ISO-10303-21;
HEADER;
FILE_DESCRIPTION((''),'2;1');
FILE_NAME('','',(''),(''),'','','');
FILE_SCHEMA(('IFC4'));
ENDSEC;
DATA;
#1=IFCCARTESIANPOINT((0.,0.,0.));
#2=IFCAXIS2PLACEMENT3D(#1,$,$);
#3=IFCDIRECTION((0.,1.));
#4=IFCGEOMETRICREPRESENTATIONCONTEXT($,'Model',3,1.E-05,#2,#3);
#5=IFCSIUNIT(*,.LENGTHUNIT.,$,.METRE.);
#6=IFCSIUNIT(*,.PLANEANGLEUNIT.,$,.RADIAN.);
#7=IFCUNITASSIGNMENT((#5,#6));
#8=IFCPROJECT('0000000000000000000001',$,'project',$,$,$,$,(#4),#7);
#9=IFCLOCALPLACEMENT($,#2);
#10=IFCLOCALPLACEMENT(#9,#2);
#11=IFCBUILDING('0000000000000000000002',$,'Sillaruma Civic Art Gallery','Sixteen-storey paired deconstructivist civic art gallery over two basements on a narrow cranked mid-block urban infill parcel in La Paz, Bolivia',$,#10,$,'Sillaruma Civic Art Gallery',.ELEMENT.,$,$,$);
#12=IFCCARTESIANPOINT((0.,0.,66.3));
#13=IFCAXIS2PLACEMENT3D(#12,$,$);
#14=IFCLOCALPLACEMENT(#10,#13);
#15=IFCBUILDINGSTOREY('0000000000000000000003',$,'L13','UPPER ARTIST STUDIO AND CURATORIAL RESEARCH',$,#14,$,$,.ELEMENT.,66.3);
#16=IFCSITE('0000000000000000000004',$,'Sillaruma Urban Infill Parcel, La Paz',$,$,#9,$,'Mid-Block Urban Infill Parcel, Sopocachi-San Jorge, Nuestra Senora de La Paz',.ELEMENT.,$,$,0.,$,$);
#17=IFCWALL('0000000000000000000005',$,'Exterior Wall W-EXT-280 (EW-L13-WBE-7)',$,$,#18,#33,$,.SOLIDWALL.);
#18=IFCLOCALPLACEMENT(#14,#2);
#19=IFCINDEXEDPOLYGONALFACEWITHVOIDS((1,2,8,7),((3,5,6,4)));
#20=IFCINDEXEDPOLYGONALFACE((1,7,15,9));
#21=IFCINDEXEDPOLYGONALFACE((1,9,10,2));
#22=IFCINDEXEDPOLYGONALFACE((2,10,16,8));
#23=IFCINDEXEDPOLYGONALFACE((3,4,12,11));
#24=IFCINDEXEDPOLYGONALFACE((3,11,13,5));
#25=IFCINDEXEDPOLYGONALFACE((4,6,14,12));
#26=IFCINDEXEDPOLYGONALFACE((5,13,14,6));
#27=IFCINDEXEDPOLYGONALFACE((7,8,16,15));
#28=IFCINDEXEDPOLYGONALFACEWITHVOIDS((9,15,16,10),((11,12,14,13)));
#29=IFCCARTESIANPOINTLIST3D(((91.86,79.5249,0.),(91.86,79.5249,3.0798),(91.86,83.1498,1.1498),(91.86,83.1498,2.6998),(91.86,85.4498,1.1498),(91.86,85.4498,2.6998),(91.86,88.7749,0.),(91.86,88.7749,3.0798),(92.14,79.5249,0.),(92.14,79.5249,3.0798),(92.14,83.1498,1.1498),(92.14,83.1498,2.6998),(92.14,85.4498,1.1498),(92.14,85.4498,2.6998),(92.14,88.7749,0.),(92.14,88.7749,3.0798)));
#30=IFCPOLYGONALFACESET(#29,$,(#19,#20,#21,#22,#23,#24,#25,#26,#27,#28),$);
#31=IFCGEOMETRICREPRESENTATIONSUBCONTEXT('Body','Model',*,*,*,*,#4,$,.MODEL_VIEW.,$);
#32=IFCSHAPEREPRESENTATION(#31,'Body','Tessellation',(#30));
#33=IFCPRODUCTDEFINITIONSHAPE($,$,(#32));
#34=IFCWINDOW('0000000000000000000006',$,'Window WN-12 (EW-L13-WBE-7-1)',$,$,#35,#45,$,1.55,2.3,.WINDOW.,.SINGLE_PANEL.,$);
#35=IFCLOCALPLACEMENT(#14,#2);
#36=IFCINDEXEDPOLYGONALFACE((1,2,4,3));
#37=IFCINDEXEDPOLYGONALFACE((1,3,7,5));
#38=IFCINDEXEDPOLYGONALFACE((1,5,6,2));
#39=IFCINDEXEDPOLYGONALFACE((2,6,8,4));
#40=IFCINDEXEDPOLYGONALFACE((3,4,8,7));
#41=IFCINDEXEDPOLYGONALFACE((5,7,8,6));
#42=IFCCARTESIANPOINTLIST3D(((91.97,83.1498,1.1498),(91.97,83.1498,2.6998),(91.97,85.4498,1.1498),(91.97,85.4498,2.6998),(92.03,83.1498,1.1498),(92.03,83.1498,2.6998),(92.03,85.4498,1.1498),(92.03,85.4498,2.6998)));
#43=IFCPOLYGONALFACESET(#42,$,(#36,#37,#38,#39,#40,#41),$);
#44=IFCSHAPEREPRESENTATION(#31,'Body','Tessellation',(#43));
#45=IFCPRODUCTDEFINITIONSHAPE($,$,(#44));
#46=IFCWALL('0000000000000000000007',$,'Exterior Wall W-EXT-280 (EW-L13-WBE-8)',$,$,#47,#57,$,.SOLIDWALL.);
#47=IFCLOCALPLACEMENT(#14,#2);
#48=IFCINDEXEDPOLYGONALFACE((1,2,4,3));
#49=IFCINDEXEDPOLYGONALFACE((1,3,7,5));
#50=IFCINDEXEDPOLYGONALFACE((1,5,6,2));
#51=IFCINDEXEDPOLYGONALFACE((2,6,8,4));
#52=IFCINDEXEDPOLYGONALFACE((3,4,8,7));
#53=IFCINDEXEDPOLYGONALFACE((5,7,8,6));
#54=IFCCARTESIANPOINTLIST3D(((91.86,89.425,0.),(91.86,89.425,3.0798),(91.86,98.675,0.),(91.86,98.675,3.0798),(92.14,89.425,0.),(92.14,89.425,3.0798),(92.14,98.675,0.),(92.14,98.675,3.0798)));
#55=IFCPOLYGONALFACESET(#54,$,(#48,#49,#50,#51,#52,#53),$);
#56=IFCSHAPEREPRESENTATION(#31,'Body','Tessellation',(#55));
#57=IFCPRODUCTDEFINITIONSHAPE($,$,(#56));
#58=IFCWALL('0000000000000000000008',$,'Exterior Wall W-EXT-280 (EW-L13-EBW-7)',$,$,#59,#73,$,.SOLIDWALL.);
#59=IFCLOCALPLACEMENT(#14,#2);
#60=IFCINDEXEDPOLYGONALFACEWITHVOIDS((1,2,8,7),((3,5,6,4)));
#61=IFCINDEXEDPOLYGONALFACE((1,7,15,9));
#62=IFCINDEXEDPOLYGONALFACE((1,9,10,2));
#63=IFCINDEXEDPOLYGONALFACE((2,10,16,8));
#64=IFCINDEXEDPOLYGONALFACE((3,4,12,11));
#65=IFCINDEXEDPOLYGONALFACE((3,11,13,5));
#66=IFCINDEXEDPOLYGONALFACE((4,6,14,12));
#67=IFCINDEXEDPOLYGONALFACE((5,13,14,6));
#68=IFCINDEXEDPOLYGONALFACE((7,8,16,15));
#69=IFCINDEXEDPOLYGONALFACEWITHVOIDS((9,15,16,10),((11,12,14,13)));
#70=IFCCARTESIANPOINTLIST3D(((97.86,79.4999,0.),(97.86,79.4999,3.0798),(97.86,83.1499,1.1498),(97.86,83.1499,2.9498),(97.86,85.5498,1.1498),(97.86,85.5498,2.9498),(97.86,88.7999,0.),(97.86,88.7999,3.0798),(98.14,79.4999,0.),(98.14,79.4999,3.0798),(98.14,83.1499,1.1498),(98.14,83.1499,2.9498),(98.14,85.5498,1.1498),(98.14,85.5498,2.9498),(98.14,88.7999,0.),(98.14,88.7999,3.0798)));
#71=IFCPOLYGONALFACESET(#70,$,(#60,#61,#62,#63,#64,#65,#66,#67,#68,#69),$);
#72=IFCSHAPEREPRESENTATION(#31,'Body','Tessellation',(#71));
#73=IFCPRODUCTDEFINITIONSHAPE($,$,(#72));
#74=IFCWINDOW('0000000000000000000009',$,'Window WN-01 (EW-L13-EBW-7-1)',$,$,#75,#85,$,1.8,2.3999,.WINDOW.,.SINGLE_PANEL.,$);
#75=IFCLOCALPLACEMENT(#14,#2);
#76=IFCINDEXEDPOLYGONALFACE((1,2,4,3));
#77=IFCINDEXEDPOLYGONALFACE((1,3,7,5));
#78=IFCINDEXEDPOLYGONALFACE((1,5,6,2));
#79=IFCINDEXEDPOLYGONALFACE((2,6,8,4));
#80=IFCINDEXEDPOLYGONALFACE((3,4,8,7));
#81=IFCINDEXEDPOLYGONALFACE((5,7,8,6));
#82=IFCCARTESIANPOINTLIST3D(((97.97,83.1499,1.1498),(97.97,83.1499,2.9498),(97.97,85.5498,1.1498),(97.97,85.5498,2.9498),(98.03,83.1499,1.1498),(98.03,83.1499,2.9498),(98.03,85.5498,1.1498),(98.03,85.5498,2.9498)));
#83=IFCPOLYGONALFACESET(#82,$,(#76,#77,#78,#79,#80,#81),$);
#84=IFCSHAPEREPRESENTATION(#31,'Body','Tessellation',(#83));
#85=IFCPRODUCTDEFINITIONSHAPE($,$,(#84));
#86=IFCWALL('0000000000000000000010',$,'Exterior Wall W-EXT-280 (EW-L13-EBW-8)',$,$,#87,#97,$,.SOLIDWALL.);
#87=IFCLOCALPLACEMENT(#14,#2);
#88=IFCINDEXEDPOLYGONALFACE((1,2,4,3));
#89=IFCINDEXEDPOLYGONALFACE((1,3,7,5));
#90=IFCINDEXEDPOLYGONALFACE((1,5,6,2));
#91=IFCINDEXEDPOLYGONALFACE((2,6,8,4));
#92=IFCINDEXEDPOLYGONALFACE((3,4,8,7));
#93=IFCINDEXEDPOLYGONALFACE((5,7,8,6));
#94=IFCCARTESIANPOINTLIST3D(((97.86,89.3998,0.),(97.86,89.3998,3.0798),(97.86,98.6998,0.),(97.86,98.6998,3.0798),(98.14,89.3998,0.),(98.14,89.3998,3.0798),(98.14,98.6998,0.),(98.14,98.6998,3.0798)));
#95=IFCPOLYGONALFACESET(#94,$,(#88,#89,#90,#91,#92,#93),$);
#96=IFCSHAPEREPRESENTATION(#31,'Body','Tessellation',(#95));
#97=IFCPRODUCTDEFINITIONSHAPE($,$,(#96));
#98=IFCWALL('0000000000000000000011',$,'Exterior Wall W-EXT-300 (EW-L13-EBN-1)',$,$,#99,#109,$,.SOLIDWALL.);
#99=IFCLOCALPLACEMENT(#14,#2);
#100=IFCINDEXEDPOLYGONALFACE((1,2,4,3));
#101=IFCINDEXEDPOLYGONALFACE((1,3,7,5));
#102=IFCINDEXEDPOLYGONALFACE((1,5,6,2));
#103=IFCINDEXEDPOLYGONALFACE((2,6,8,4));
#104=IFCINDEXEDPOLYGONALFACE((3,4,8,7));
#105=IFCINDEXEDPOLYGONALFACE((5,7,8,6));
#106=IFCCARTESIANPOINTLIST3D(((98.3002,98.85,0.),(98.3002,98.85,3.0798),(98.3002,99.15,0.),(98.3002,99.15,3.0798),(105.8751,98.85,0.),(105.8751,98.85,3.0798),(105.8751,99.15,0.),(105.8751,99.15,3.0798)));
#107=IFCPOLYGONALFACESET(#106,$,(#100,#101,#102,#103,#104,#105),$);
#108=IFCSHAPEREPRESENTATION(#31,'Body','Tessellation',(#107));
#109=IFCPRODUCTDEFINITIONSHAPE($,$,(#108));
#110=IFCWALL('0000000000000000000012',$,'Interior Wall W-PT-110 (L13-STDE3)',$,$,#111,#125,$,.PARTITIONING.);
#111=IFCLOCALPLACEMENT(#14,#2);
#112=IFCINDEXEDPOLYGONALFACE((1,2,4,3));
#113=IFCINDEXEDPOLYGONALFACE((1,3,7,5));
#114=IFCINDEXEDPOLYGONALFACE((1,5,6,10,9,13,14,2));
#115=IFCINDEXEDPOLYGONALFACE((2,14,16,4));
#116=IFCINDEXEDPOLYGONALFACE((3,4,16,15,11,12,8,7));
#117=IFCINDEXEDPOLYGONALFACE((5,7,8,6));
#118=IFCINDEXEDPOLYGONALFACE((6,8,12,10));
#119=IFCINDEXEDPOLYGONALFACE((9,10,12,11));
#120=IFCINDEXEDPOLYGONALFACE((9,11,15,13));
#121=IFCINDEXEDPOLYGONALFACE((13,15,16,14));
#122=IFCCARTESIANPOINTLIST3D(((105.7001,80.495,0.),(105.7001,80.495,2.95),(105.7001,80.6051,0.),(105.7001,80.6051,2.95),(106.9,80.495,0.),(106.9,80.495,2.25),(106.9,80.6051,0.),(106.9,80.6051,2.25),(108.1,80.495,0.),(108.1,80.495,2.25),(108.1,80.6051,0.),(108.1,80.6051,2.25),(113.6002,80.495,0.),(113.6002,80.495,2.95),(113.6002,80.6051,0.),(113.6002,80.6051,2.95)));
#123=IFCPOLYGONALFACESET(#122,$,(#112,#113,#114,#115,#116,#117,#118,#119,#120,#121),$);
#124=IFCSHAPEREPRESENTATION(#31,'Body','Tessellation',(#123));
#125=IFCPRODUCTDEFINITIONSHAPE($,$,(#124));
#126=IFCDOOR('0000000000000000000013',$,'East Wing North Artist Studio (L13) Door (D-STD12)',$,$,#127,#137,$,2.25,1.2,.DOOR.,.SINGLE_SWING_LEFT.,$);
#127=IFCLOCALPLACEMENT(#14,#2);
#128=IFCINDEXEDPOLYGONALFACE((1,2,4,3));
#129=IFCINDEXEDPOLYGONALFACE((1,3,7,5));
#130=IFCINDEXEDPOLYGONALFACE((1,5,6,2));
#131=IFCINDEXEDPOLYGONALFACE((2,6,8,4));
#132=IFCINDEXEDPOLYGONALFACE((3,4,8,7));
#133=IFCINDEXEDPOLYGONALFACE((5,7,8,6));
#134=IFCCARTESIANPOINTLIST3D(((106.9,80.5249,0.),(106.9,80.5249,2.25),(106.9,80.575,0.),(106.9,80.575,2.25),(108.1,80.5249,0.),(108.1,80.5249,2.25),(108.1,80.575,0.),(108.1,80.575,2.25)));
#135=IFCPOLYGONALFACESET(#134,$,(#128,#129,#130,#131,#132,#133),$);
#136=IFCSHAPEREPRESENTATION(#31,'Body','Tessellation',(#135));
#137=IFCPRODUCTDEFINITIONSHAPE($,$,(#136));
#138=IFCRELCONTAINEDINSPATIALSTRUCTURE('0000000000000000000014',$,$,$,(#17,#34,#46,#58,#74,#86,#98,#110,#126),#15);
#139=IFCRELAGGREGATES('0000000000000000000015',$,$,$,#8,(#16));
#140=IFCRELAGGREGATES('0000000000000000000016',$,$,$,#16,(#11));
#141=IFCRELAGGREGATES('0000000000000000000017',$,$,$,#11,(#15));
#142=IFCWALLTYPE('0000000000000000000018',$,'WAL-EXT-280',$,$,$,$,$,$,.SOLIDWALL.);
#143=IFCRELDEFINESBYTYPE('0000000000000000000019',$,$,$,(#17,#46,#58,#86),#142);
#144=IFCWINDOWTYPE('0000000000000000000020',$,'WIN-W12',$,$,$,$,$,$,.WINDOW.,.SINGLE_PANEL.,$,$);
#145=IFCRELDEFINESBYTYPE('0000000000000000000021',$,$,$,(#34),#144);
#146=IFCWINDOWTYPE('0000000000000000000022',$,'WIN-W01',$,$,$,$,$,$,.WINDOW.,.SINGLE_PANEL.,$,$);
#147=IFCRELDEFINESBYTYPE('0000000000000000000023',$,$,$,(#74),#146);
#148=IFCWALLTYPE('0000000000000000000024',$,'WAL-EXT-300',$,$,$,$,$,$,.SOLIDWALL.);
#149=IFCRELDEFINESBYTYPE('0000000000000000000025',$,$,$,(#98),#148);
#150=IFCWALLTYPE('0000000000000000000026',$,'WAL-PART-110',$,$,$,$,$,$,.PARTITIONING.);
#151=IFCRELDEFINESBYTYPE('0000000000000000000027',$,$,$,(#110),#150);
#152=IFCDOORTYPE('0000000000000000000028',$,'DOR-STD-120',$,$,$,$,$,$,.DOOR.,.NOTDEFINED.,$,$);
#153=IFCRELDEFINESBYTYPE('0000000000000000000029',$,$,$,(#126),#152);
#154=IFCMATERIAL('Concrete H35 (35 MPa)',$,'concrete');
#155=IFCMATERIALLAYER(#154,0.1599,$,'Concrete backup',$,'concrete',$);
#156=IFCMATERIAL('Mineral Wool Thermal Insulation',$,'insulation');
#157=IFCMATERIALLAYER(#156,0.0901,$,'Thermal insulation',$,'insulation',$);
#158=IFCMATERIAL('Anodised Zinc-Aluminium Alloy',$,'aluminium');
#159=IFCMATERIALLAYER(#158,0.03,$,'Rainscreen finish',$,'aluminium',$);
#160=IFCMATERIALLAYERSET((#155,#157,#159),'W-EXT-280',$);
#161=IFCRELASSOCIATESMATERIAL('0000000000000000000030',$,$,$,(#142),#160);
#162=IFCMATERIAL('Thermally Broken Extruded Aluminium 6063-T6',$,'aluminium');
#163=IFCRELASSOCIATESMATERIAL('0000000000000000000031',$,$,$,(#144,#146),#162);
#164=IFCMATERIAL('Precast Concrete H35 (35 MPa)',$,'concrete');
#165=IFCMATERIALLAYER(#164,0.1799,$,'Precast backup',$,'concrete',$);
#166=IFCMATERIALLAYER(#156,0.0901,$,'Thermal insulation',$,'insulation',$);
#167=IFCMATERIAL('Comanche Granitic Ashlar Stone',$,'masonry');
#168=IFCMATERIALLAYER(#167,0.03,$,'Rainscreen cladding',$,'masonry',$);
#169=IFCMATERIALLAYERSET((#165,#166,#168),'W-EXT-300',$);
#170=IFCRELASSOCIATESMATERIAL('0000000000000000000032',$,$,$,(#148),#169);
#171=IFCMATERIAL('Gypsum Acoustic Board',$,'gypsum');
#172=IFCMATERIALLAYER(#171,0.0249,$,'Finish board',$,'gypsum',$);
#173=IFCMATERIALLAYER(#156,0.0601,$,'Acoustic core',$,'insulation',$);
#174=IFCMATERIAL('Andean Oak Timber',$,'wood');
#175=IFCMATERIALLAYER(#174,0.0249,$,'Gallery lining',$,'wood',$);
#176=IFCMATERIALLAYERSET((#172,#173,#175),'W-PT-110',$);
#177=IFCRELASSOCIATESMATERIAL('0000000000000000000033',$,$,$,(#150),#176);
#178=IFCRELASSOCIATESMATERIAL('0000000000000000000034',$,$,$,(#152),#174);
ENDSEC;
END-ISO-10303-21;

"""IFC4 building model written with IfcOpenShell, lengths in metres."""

from ifc_helpers import new_model, si_unit, direction, frame, frame_2d, origin, place, context, subcontext, project, spatial, rectangle, extrude, material, layer, layer_set, type_object, element, fill, save


model = new_model("IFC4")

# Units and contexts
model_context = context("Model", 3, precision=1e-05, world=origin(), true_north=direction((0.0, 1.0)))
body_context = subcontext(model_context, "Body", "Model", "MODEL_VIEW")
ifc_project = project(units=[si_unit("LENGTHUNIT", "METRE"), si_unit("PLANEANGLEUNIT", "RADIAN")], contexts=[model_context])

# Site, building, storey
site_placement = place(None, origin())
site = spatial("IfcSite", under=ifc_project, at=site_placement, Name="Sillaruma Urban Infill Parcel, La Paz", LongName="Mid-Block Urban Infill Parcel, Sopocachi-San Jorge, Nuestra Senora de La Paz", CompositionType="ELEMENT", RefElevation=0.0)
building_placement = place(site_placement, origin())
building = spatial("IfcBuilding", under=site, at=building_placement, Name="Sillaruma Civic Art Gallery", Description="Sixteen-storey paired deconstructivist civic art gallery over two basements on a narrow cranked mid-block urban infill parcel in La Paz, Bolivia", LongName="Sillaruma Civic Art Gallery", CompositionType="ELEMENT")
storey_placement = place(building_placement, frame((0.0, 0.0, 66.3)))
storey = spatial("IfcBuildingStorey", under=building, at=storey_placement, Name="L13", Description="UPPER ARTIST STUDIO AND CURATORIAL RESEARCH", CompositionType="ELEMENT", Elevation=66.3)

# Shared definitions
ifc_material_1 = material(Name="Concrete H35 (35 MPa)", Category="concrete")

# Shared definitions
ifc_material_2 = material(Name="Thermally Broken Extruded Aluminium 6063-T6", Category="aluminium")

# Wall, opening, window
ifc_layer_1 = layer(ifc_material_1, 0.1599, Name="Concrete backup", Category="concrete")
ifc_material_3 = material(Name="Mineral Wool Thermal Insulation", Category="insulation")
ifc_layer_2 = layer(ifc_material_3, 0.0901, Name="Thermal insulation", Category="insulation")
ifc_material_4 = material(Name="Anodised Zinc-Aluminium Alloy", Category="aluminium")
ifc_layer_3 = layer(ifc_material_4, 0.03, Name="Rainscreen finish", Category="aluminium")
ifc_layer_set_1 = layer_set([ifc_layer_1, ifc_layer_2, ifc_layer_3], Name="W-EXT-280")
wall_type_1 = type_object("IfcWallType", Name="WAL-EXT-280", PredefinedType="SOLIDWALL", material=ifc_layer_set_1)
wall_1_placement = place(storey_placement, frame((92.0, 79.5249, 0.0), z_axis=(0.0, 0.0, 1.0), x_axis=(0.0, 1.0, 0.0)))
wall_1 = element("IfcWall", 1, at=wall_1_placement, inside=storey, type_object=wall_type_1, Name="Exterior Wall W-EXT-280 (EW-L13-WBE-7)", PredefinedType="SOLIDWALL", context=body_context, shape_type="SweptSolid", body=[
    extrude(rectangle(XDim=9.25, YDim=0.28, at=frame_2d((4.625, 0.0))), origin(), (0.0, 0.0, 1.0), 3.0798),
])
opening_1_placement = place(wall_1_placement, frame((3.625, 0.0, 1.1499)))
opening_1 = element("IfcOpeningElement", 2, at=opening_1_placement, cuts=wall_1, PredefinedType="OPENING", context=body_context, shape_type="SweptSolid", body=[
    extrude(rectangle(XDim=2.3, YDim=1.55, at=frame_2d((1.1499, 0.7749))), frame((0.0, 0.1499, 0.0), z_axis=(0.0, -1.0, 0.0), x_axis=(1.0, 0.0, 0.0)), (0.0, 0.0, 1.0), 0.3),
])
window_type_1 = type_object("IfcWindowType", Name="WIN-W12", PartitioningType="SINGLE_PANEL", PredefinedType="WINDOW", material=ifc_material_2)
window_1_placement = place(opening_1_placement, origin())
window_1 = element("IfcWindow", 3, at=window_1_placement, inside=storey, type_object=window_type_1, Name="Window WN-12 (EW-L13-WBE-7-1)", OverallHeight=1.55, OverallWidth=2.3, PartitioningType="SINGLE_PANEL", PredefinedType="WINDOW", context=body_context, shape_type="SweptSolid", body=[
    extrude(rectangle(XDim=2.3, YDim=1.55, at=frame_2d((1.1499, 0.7749))), frame((0.0, 0.03, 0.0), z_axis=(0.0, -1.0, 0.0), x_axis=(1.0, 0.0, 0.0)), (0.0, 0.0, 1.0), 0.0601),
])
fill(opening_1, window_1)

# Wall
wall_2_placement = place(storey_placement, frame((92.0, 89.425, 0.0), z_axis=(0.0, 0.0, 1.0), x_axis=(0.0, 1.0, 0.0)))
element("IfcWall", 4, at=wall_2_placement, inside=storey, type_object=wall_type_1, Name="Exterior Wall W-EXT-280 (EW-L13-WBE-8)", PredefinedType="SOLIDWALL", context=body_context, shape_type="SweptSolid", body=[
    extrude(rectangle(XDim=9.25, YDim=0.28, at=frame_2d((4.625, 0.0))), origin(), (0.0, 0.0, 1.0), 3.0798),
])

# Wall, opening, window
wall_3_placement = place(storey_placement, frame((98.0, 79.5, 0.0), z_axis=(0.0, 0.0, 1.0), x_axis=(0.0, 1.0, 0.0)))
wall_3 = element("IfcWall", 5, at=wall_3_placement, inside=storey, type_object=wall_type_1, Name="Exterior Wall W-EXT-280 (EW-L13-EBW-7)", PredefinedType="SOLIDWALL", context=body_context, shape_type="SweptSolid", body=[
    extrude(rectangle(XDim=9.3, YDim=0.28, at=frame_2d((4.6499, 0.0))), origin(), (0.0, 0.0, 1.0), 3.0798),
])
opening_2_placement = place(wall_3_placement, frame((3.6499, 0.0, 1.1499)))
opening_2 = element("IfcOpeningElement", 6, at=opening_2_placement, cuts=wall_3, PredefinedType="OPENING", context=body_context, shape_type="SweptSolid", body=[
    extrude(rectangle(XDim=2.3999, YDim=1.8, at=frame_2d((1.2, 0.8999))), frame((0.0, 0.1499, 0.0), z_axis=(0.0, -1.0, 0.0), x_axis=(1.0, 0.0, 0.0)), (0.0, 0.0, 1.0), 0.3),
])
window_type_2 = type_object("IfcWindowType", Name="WIN-W01", PartitioningType="SINGLE_PANEL", PredefinedType="WINDOW", material=ifc_material_2)
window_2_placement = place(opening_2_placement, origin())
window_2 = element("IfcWindow", 7, at=window_2_placement, inside=storey, type_object=window_type_2, Name="Window WN-01 (EW-L13-EBW-7-1)", OverallHeight=1.8, OverallWidth=2.3999, PartitioningType="SINGLE_PANEL", PredefinedType="WINDOW", context=body_context, shape_type="SweptSolid", body=[
    extrude(rectangle(XDim=2.3999, YDim=1.8, at=frame_2d((1.2, 0.8999))), frame((0.0, 0.03, 0.0), z_axis=(0.0, -1.0, 0.0), x_axis=(1.0, 0.0, 0.0)), (0.0, 0.0, 1.0), 0.0601),
])
fill(opening_2, window_2)

# Walls
wall_4_placement = place(storey_placement, frame((98.0, 89.3999, 0.0), z_axis=(0.0, 0.0, 1.0), x_axis=(0.0, 1.0, 0.0)))
element("IfcWall", 8, at=wall_4_placement, inside=storey, type_object=wall_type_1, Name="Exterior Wall W-EXT-280 (EW-L13-EBW-8)", PredefinedType="SOLIDWALL", context=body_context, shape_type="SweptSolid", body=[
    extrude(rectangle(XDim=9.3, YDim=0.28, at=frame_2d((4.6499, 0.0))), origin(), (0.0, 0.0, 1.0), 3.0798),
])
ifc_material_5 = material(Name="Precast Concrete H35 (35 MPa)", Category="concrete")
ifc_layer_4 = layer(ifc_material_5, 0.1799, Name="Precast backup", Category="concrete")
ifc_layer_5 = layer(ifc_material_3, 0.0901, Name="Thermal insulation", Category="insulation")
ifc_material_6 = material(Name="Comanche Granitic Ashlar Stone", Category="masonry")
ifc_layer_6 = layer(ifc_material_6, 0.03, Name="Rainscreen cladding", Category="masonry")
ifc_layer_set_2 = layer_set([ifc_layer_4, ifc_layer_5, ifc_layer_6], Name="W-EXT-300")
wall_type_2 = type_object("IfcWallType", Name="WAL-EXT-300", PredefinedType="SOLIDWALL", material=ifc_layer_set_2)
wall_5_placement = place(storey_placement, frame((98.3, 99.0, 0.0), z_axis=(0.0, 0.0, 1.0), x_axis=(1.0, 0.0, 0.0)))
element("IfcWall", 9, at=wall_5_placement, inside=storey, type_object=wall_type_2, Name="Exterior Wall W-EXT-300 (EW-L13-EBN-1)", PredefinedType="SOLIDWALL", context=body_context, shape_type="SweptSolid", body=[
    extrude(rectangle(XDim=7.575, YDim=0.3, at=frame_2d((3.7876, 0.0))), origin(), (0.0, 0.0, 1.0), 3.0798),
])

# Wall, opening, door
ifc_material_7 = material(Name="Gypsum Acoustic Board", Category="gypsum")
ifc_layer_7 = layer(ifc_material_7, 0.0249, Name="Finish board", Category="gypsum")
ifc_layer_8 = layer(ifc_material_3, 0.0601, Name="Acoustic core", Category="insulation")
ifc_material_8 = material(Name="Andean Oak Timber", Category="wood")
ifc_layer_9 = layer(ifc_material_8, 0.0249, Name="Gallery lining", Category="wood")
ifc_layer_set_3 = layer_set([ifc_layer_7, ifc_layer_8, ifc_layer_9], Name="W-PT-110")
wall_type_3 = type_object("IfcWallType", Name="WAL-PART-110", PredefinedType="PARTITIONING", material=ifc_layer_set_3)
wall_6_placement = place(storey_placement, frame((105.7, 80.55, 0.0), z_axis=(0.0, 0.0, 1.0), x_axis=(1.0, 0.0, 0.0)))
wall_6 = element("IfcWall", 10, at=wall_6_placement, inside=storey, type_object=wall_type_3, Name="Interior Wall W-PT-110 (L13-STDE3)", PredefinedType="PARTITIONING", context=body_context, shape_type="SweptSolid", body=[
    extrude(rectangle(XDim=7.9001, YDim=0.1101, at=frame_2d((3.9502, 0.0))), origin(), (0.0, 0.0, 1.0), 2.95),
])
opening_3_placement = place(wall_6_placement, frame((1.2, 0.0, 0.0)))
opening_3 = element("IfcOpeningElement", 11, at=opening_3_placement, cuts=wall_6, PredefinedType="OPENING", context=body_context, shape_type="SweptSolid", body=[
    extrude(rectangle(XDim=1.2, YDim=2.25, at=frame_2d((0.6001, 1.125))), frame((0.0, 0.0649, 0.0), z_axis=(0.0, -1.0, 0.0), x_axis=(1.0, 0.0, 0.0)), (0.0, 0.0, 1.0), 0.1301),
])
door_type = type_object("IfcDoorType", Name="DOR-STD-120", OperationType="NOTDEFINED", PredefinedType="DOOR", material=ifc_material_8)
door_placement = place(opening_3_placement, origin())
door = element("IfcDoor", 12, at=door_placement, inside=storey, type_object=door_type, Name="East Wing North Artist Studio (L13) Door (D-STD12)", OperationType="SINGLE_SWING_LEFT", OverallHeight=2.25, OverallWidth=1.2, PredefinedType="DOOR", context=body_context, shape_type="SweptSolid", body=[
    extrude(rectangle(XDim=1.2, YDim=2.25, at=frame_2d((0.6001, 1.125))), frame((0.0, 0.0249, 0.0), z_axis=(0.0, -1.0, 0.0), x_axis=(1.0, 0.0, 0.0)), (0.0, 0.0, 1.0), 0.05),
])
fill(opening_3, door)

save(model, "model.ifc")
